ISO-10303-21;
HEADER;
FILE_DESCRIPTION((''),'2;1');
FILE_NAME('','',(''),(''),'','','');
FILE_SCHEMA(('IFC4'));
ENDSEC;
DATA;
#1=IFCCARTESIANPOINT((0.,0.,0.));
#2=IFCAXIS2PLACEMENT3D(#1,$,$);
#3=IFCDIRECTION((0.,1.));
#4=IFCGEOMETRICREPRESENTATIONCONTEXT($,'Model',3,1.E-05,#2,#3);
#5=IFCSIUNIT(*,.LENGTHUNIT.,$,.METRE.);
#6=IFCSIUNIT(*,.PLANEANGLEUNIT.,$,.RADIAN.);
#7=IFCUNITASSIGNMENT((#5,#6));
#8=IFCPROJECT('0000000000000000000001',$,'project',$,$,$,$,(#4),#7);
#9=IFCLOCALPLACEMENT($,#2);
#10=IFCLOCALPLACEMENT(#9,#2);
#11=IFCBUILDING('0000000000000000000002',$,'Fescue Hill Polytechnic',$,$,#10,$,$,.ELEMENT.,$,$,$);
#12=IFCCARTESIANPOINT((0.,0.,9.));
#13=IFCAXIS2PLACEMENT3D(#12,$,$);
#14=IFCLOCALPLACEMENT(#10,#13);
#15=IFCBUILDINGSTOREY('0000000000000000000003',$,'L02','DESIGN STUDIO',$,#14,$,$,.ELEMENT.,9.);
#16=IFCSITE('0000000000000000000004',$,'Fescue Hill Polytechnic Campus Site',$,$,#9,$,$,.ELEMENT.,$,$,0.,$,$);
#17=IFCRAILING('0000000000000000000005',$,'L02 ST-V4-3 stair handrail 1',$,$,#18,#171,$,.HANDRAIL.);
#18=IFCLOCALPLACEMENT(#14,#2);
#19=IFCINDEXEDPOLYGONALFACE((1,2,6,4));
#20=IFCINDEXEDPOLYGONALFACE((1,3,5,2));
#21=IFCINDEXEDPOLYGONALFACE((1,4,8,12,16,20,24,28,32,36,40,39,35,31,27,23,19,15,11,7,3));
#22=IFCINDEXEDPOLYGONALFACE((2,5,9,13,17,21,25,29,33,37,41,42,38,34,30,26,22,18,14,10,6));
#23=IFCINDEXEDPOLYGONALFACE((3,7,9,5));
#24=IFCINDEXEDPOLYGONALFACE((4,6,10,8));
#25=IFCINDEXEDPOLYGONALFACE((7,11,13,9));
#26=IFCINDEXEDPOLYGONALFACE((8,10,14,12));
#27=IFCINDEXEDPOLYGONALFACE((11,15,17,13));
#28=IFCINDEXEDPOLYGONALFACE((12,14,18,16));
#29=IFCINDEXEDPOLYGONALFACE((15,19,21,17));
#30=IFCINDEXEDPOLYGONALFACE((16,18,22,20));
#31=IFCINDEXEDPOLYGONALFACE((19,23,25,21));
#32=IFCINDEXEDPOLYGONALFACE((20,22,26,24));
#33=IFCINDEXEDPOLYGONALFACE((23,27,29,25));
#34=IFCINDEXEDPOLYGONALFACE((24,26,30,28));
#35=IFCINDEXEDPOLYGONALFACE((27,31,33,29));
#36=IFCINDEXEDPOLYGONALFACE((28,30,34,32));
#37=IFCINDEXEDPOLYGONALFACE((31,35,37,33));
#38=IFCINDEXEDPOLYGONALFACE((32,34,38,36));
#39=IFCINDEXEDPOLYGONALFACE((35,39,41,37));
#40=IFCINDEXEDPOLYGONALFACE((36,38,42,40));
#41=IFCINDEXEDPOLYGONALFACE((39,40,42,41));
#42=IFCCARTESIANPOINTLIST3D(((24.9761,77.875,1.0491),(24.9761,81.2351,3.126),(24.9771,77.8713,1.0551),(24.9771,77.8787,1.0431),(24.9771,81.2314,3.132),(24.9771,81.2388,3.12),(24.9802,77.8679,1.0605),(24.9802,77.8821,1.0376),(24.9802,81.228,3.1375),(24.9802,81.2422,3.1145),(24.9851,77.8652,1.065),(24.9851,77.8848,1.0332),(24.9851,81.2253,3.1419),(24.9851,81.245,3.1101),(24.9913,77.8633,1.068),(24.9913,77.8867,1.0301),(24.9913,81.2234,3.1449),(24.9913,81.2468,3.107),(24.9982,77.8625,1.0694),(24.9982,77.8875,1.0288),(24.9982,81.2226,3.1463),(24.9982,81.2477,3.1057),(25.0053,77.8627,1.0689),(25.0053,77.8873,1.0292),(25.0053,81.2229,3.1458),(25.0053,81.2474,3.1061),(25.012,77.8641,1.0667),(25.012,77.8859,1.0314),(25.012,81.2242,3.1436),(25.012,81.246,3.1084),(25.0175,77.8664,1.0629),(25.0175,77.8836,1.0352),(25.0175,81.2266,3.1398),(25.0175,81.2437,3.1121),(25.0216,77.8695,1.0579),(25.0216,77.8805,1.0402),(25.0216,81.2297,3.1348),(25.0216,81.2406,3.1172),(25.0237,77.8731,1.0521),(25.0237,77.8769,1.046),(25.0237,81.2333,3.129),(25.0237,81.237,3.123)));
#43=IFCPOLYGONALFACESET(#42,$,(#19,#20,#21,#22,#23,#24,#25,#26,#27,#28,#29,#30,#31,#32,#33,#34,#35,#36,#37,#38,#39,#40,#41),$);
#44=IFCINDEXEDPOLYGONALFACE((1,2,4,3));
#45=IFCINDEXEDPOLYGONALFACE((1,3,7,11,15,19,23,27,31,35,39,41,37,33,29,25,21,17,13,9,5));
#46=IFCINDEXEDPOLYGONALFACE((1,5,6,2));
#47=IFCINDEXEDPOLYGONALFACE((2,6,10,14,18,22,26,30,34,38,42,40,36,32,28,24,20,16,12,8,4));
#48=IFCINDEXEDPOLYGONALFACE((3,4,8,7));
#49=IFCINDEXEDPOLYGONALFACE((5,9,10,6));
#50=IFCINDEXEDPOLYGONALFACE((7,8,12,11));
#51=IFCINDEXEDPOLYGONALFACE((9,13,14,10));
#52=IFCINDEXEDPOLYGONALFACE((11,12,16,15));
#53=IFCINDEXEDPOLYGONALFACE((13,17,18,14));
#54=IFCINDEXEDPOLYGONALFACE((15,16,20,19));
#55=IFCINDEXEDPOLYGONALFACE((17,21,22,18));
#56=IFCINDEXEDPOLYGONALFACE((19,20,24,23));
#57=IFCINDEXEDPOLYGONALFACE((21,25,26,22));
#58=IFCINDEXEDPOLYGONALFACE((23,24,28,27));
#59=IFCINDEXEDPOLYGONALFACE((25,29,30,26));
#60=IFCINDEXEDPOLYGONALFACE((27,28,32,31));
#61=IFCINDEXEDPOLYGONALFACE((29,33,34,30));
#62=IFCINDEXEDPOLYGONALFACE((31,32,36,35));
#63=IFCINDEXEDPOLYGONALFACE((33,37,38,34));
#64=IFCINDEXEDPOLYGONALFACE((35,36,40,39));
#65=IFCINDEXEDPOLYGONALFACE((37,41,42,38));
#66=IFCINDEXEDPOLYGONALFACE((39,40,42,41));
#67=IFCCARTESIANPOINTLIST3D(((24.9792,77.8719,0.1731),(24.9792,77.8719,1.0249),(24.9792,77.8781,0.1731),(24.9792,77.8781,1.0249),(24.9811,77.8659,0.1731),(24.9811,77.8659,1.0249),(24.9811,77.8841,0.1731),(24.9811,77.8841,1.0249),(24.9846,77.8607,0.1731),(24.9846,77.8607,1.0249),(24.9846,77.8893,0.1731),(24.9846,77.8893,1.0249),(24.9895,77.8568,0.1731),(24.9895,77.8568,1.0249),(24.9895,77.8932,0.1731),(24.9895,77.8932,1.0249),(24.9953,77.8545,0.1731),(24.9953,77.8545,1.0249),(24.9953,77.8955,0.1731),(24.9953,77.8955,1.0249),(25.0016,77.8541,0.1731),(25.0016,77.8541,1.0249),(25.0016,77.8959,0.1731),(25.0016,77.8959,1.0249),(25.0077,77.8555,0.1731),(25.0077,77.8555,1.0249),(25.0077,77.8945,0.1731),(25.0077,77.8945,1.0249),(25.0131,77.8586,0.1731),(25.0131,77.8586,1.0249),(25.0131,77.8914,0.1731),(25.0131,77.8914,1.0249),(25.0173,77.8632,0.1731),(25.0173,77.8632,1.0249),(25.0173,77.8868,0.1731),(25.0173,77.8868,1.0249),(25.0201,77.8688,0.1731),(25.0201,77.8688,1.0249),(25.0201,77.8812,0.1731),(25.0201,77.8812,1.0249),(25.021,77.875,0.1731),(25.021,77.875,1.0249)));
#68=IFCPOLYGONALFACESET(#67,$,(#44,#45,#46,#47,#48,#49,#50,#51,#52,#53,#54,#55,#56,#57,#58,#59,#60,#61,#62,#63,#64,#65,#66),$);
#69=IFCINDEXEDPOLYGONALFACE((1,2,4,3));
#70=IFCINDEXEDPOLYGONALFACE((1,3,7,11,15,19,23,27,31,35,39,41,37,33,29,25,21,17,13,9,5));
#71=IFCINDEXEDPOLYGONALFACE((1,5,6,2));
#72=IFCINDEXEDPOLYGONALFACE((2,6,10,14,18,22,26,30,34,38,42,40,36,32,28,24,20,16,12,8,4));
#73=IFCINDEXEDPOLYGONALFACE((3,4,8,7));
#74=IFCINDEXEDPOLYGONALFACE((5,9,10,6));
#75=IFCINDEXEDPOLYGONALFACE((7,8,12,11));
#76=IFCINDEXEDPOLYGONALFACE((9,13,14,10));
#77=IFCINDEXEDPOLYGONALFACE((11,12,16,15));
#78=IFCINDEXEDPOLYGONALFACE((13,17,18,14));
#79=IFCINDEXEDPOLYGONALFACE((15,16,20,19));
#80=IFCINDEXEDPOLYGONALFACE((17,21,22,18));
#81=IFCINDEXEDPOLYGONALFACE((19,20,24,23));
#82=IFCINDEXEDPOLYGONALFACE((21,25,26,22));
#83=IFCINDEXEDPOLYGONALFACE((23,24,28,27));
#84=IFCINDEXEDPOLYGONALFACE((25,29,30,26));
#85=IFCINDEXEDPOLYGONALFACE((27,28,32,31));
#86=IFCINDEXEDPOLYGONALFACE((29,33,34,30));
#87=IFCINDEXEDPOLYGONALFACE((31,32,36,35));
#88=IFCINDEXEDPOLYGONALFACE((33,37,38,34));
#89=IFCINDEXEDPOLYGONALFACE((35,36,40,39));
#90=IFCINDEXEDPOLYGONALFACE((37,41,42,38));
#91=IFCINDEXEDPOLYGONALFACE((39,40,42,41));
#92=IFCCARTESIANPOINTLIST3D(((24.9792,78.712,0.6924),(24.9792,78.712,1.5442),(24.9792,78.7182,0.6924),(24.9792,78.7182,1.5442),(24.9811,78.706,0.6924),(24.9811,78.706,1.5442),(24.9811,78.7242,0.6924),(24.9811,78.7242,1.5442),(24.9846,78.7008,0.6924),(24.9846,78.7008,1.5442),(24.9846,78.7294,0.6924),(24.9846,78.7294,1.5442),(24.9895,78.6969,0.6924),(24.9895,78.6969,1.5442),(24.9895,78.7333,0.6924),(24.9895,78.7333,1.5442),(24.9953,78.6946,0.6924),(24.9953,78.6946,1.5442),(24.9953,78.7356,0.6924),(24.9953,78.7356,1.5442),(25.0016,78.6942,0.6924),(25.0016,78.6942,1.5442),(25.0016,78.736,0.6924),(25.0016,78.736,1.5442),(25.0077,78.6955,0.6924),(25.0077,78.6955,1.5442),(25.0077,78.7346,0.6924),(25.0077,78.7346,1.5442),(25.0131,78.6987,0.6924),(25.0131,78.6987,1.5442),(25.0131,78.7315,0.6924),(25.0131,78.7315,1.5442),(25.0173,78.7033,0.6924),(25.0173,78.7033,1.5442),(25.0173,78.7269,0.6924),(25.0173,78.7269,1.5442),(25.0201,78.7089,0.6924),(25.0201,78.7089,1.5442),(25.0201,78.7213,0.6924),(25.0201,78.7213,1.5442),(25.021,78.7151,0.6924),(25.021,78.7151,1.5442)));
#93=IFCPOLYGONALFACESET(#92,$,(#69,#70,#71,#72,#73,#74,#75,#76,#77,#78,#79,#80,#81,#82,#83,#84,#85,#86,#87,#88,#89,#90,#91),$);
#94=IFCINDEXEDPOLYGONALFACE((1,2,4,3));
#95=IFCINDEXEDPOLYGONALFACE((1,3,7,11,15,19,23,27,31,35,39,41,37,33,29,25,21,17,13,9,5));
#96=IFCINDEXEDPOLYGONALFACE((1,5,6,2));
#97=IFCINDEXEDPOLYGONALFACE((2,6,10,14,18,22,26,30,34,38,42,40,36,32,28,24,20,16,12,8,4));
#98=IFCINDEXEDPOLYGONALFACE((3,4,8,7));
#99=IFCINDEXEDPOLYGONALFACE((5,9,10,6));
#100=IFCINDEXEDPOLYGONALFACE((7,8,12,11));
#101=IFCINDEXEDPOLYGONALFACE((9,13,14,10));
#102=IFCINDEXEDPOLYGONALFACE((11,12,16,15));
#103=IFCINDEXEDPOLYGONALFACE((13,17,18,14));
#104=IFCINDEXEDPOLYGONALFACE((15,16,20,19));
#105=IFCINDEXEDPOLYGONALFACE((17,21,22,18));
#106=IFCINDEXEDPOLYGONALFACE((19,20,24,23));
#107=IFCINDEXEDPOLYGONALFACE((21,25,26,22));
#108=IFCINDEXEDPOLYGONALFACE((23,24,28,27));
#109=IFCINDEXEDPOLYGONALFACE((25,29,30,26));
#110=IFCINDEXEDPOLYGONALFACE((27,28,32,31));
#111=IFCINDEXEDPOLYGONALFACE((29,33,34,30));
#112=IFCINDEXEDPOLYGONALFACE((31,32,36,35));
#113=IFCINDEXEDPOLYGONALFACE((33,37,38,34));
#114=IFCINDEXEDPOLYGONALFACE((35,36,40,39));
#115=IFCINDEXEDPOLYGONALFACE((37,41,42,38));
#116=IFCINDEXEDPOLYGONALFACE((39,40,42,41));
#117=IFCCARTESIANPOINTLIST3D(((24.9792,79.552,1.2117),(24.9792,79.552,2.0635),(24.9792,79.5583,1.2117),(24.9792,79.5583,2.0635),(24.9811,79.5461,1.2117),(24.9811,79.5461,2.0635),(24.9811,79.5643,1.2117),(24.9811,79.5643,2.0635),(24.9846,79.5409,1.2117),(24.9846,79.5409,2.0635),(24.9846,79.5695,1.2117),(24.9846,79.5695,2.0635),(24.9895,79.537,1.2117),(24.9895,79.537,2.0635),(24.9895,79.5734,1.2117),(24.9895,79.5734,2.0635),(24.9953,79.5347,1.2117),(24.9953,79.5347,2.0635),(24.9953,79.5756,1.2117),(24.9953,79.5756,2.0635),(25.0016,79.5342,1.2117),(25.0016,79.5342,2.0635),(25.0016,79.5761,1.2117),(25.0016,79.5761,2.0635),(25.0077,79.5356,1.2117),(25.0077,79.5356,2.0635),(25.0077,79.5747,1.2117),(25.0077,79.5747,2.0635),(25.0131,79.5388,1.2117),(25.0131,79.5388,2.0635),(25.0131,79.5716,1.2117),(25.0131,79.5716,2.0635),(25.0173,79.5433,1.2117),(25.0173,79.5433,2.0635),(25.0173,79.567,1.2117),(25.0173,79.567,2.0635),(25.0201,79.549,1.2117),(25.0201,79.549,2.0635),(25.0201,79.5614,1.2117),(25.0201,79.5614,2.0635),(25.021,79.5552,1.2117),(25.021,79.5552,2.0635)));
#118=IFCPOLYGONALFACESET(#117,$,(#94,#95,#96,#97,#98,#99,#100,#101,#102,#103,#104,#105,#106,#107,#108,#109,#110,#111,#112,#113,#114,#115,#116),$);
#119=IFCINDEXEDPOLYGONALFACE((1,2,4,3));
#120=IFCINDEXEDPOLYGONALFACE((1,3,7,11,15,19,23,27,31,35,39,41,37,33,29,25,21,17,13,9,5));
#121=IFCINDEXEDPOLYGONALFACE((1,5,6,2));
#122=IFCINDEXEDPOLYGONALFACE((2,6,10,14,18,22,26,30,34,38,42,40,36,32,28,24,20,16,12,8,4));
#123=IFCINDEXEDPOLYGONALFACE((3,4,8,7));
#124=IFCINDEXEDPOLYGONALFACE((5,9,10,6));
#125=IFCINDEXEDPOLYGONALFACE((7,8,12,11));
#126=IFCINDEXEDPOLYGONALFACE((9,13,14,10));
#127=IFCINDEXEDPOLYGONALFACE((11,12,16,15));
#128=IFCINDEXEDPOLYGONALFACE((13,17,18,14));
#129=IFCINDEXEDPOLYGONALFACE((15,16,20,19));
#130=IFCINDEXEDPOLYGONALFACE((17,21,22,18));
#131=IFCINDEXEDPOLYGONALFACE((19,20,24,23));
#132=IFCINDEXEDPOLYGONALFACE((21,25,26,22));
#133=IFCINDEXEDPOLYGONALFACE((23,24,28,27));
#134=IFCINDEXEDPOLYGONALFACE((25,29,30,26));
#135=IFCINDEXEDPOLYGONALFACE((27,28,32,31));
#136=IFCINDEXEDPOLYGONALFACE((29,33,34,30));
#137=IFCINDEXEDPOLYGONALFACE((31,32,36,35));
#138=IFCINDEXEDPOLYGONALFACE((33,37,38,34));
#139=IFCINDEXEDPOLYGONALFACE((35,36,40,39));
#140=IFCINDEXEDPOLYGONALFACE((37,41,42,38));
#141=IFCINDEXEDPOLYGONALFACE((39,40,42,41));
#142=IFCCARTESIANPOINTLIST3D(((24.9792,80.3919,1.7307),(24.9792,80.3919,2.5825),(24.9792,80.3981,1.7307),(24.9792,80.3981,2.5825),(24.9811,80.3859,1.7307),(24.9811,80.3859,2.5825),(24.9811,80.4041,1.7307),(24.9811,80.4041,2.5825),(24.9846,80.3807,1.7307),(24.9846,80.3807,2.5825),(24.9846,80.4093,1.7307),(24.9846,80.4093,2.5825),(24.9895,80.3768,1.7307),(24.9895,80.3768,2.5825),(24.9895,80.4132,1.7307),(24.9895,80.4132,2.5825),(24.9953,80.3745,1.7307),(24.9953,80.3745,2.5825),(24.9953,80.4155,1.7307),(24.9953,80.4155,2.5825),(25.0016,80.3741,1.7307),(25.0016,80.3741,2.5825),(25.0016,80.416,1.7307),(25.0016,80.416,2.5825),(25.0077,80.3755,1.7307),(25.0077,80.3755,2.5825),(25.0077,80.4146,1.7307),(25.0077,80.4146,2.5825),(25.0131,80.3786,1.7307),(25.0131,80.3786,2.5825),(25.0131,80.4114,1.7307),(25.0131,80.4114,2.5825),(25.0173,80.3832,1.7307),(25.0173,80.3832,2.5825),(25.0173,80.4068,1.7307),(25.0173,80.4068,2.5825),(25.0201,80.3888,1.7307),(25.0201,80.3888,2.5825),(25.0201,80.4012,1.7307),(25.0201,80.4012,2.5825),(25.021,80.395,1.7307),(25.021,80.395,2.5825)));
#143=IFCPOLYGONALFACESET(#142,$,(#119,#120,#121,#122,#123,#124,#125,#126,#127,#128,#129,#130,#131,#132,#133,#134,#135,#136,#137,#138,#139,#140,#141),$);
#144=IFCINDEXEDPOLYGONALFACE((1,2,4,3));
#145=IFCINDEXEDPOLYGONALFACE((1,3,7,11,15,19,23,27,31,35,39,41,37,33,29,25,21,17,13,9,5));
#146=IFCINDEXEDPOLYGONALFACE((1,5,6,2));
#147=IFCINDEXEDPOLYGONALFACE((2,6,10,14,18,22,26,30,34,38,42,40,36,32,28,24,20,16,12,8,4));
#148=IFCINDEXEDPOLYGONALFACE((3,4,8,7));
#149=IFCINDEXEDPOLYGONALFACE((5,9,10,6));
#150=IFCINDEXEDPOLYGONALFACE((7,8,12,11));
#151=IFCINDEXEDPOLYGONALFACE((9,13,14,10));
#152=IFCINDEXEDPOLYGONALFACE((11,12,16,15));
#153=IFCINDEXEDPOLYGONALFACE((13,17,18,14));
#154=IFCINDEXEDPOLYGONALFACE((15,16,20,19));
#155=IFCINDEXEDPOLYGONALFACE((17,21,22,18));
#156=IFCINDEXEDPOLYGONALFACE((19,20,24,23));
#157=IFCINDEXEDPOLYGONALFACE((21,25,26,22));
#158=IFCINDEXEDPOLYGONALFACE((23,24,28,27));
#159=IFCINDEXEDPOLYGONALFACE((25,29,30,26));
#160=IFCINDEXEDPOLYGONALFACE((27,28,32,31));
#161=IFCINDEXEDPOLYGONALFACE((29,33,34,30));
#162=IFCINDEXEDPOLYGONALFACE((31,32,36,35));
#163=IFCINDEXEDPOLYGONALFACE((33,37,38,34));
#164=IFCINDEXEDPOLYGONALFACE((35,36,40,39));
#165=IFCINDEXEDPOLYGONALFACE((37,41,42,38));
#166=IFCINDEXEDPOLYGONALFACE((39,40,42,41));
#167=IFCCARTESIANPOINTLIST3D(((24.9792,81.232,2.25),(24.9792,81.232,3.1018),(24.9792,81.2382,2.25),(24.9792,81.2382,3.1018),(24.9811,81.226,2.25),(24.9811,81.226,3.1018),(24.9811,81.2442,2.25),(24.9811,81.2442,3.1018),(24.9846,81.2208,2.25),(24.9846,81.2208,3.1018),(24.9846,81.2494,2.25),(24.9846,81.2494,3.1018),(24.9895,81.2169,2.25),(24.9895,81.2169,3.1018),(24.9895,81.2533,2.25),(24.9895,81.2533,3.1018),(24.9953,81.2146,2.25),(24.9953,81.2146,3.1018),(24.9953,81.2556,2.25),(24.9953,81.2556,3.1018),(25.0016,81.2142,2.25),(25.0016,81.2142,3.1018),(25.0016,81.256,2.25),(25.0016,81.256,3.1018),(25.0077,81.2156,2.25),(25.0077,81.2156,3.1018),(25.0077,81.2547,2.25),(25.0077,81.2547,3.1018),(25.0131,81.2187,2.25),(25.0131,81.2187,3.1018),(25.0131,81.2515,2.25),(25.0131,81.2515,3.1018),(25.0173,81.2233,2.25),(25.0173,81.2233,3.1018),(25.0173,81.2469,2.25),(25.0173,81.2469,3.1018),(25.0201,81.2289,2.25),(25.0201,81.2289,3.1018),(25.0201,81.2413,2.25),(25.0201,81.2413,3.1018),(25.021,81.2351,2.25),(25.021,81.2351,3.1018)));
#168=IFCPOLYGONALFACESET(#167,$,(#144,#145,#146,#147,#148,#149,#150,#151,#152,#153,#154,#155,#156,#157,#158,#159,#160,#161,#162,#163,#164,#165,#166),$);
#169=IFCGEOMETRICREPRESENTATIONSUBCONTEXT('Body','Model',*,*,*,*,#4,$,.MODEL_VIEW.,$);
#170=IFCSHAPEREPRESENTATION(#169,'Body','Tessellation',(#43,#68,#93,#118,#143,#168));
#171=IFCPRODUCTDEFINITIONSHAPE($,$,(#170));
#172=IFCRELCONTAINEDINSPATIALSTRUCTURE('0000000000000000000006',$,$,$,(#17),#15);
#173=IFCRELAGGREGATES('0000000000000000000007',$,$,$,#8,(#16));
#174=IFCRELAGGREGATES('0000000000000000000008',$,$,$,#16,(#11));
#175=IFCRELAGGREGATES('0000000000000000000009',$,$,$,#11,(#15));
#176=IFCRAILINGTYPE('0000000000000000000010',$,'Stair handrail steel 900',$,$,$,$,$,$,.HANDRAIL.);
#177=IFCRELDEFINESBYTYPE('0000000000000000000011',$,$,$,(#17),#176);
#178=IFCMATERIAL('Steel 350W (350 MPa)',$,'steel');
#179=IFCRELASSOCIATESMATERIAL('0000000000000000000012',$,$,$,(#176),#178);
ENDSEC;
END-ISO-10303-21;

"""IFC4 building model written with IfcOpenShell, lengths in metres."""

from ifc_helpers import new_model, si_unit, direction, frame, origin, origin_2d, place, context, subcontext, project, spatial, circle, extrude, material, type_object, element, save


model = new_model("IFC4")

# Units and contexts
model_context = context("Model", 3, precision=1e-05, world=origin(), true_north=direction((0.0, 1.0)))
body_context = subcontext(model_context, "Body", "Model", "MODEL_VIEW")
ifc_project = project(units=[si_unit("LENGTHUNIT", "METRE"), si_unit("PLANEANGLEUNIT", "RADIAN")], contexts=[model_context])

# Site, building, storey
site_placement = place(None, origin())
site = spatial("IfcSite", under=ifc_project, at=site_placement, Name="Fescue Hill Polytechnic Campus Site", CompositionType="ELEMENT", RefElevation=0.0)
building_placement = place(site_placement, origin())
building = spatial("IfcBuilding", under=site, at=building_placement, Name="Fescue Hill Polytechnic", CompositionType="ELEMENT")
storey_placement = place(building_placement, frame((0.0, 0.0, 9.0)))
storey = spatial("IfcBuildingStorey", under=building, at=storey_placement, Name="L02", Description="DESIGN STUDIO", CompositionType="ELEMENT", Elevation=9.0)

# Railing
ifc_material_1 = material(Name="Steel 350W (350 MPa)", Category="steel")
railing_type_1 = type_object("IfcRailingType", Name="Stair handrail steel 900", PredefinedType="HANDRAIL", material=ifc_material_1)
railing_1_placement = place(storey_placement, frame((25.0, 77.875, 0.1731)))
element("IfcRailing", 1, at=railing_1_placement, inside=storey, type_object=railing_type_1, Name="L02 ST-V4-3 stair handrail 1", PredefinedType="HANDRAIL", context=body_context, shape_type="SweptSolid", body=[
    extrude(circle(Radius=0.0239, at=origin_2d()), frame((0.0, 0.0, 0.876), z_axis=(0.0, 0.850623, 0.525776), x_axis=(-1.0, 0.0, 0.0)), (0.0, 0.0, 1.0), 3.9502),
    extrude(circle(Radius=0.021, at=origin_2d()), origin(), (0.0, 0.0, 1.0), 0.8518),
    extrude(circle(Radius=0.021, at=origin_2d()), frame((0.0, 0.8401, 0.5193)), (0.0, 0.0, 1.0), 0.8518),
    extrude(circle(Radius=0.021, at=origin_2d()), frame((0.0, 1.6802, 1.0386)), (0.0, 0.0, 1.0), 0.8518),
    extrude(circle(Radius=0.021, at=origin_2d()), frame((0.0, 2.52, 1.5576)), (0.0, 0.0, 1.0), 0.8518),
    extrude(circle(Radius=0.021, at=origin_2d()), frame((0.0, 3.3601, 2.0769)), (0.0, 0.0, 1.0), 0.8518),
])

save(model, "model.ifc")
